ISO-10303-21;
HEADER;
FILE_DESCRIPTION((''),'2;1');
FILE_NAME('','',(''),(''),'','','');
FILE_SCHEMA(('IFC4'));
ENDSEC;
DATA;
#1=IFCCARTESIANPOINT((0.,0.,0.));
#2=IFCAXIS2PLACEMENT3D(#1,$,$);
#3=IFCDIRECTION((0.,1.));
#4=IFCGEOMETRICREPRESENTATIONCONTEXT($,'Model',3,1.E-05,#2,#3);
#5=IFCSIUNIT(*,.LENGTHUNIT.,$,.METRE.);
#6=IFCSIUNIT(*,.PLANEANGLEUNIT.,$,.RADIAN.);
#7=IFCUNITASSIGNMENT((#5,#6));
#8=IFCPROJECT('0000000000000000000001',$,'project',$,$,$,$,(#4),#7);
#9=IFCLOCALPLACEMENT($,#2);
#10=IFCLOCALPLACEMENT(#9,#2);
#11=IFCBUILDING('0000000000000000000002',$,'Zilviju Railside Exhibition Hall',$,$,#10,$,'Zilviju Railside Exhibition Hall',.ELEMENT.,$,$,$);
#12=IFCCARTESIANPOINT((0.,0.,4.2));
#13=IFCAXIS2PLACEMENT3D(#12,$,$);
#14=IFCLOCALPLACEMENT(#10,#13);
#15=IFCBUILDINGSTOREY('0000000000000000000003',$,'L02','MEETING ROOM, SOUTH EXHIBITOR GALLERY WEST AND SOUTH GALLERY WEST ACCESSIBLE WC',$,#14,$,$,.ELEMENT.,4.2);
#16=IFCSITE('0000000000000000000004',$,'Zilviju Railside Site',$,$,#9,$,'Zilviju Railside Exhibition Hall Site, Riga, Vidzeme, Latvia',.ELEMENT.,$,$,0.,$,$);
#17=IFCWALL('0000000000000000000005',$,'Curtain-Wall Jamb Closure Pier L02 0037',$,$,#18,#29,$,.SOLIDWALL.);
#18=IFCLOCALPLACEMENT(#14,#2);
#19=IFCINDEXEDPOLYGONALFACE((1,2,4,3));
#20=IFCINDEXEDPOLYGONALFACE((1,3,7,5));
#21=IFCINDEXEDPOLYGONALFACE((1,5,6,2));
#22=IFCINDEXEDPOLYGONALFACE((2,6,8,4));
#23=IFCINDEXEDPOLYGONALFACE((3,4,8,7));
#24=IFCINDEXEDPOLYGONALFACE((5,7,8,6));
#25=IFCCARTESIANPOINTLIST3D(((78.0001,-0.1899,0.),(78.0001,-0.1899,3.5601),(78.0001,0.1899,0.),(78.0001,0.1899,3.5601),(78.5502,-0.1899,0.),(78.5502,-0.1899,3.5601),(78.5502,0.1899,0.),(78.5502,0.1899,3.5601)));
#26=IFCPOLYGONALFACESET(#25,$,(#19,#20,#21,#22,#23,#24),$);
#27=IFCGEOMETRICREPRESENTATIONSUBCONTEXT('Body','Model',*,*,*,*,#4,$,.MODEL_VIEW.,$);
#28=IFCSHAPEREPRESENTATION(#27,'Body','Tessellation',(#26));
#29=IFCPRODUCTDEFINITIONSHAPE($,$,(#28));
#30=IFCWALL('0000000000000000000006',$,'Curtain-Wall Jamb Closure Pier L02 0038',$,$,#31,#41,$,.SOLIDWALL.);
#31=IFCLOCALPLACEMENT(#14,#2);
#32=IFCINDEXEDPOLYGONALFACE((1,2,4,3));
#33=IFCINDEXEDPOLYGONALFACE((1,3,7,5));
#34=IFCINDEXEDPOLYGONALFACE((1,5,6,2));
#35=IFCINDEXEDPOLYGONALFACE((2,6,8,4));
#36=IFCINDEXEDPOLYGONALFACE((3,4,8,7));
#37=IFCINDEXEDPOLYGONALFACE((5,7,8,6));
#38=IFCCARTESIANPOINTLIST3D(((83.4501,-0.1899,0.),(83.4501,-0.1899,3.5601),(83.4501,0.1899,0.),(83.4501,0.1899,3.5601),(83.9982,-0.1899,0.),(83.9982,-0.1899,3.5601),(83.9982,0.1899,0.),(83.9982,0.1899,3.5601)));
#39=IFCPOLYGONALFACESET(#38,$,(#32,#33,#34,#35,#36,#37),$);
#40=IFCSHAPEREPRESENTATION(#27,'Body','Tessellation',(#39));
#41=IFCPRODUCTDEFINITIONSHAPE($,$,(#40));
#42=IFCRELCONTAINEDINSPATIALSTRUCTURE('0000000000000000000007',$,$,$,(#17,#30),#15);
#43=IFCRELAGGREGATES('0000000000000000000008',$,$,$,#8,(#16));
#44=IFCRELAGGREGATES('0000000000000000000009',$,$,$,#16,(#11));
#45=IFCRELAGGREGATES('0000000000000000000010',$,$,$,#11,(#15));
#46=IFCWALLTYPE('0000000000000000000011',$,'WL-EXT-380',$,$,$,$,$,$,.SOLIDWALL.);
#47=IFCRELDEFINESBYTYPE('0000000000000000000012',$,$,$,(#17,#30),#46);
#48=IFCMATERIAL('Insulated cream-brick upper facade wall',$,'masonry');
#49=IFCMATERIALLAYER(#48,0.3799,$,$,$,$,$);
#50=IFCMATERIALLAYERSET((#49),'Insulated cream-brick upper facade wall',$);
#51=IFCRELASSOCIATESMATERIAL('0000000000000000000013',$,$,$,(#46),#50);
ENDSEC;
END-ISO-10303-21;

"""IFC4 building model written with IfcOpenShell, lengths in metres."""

from ifc_helpers import new_model, si_unit, direction, frame, frame_2d, origin, place, context, subcontext, project, spatial, rectangle, extrude, material, layer, layer_set, type_object, element, save


model = new_model("IFC4")

# Units and contexts
model_context = context("Model", 3, precision=1e-05, world=origin(), true_north=direction((0.0, 1.0)))
body_context = subcontext(model_context, "Body", "Model", "MODEL_VIEW")
ifc_project = project(units=[si_unit("LENGTHUNIT", "METRE"), si_unit("PLANEANGLEUNIT", "RADIAN")], contexts=[model_context])

# Site, building, storey
site_placement = place(None, origin())
site = spatial("IfcSite", under=ifc_project, at=site_placement, Name="Zilviju Railside Site", LongName="Zilviju Railside Exhibition Hall Site, Riga, Vidzeme, Latvia", CompositionType="ELEMENT", RefElevation=0.0)
building_placement = place(site_placement, origin())
building = spatial("IfcBuilding", under=site, at=building_placement, Name="Zilviju Railside Exhibition Hall", LongName="Zilviju Railside Exhibition Hall", CompositionType="ELEMENT")
storey_placement = place(building_placement, frame((0.0, 0.0, 4.2)))
storey = spatial("IfcBuildingStorey", under=building, at=storey_placement, Name="L02", Description="MEETING ROOM, SOUTH EXHIBITOR GALLERY WEST AND SOUTH GALLERY WEST ACCESSIBLE WC", CompositionType="ELEMENT", Elevation=4.2)

# Walls
ifc_material_1 = material(Name="Insulated cream-brick upper facade wall", Category="masonry")
ifc_layer_1 = layer(ifc_material_1, 0.3799)
ifc_layer_set_1 = layer_set([ifc_layer_1], Name="Insulated cream-brick upper facade wall")
wall_type = type_object("IfcWallType", Name="WL-EXT-380", PredefinedType="SOLIDWALL", material=ifc_layer_set_1)
wall_1_placement = place(storey_placement, frame((78.55, 0.0, 0.0), z_axis=(0.0, 0.0, 1.0), x_axis=(-1.0, 0.0, 0.0)))
element("IfcWall", 1, at=wall_1_placement, inside=storey, type_object=wall_type, Name="Curtain-Wall Jamb Closure Pier L02 0037", PredefinedType="SOLIDWALL", context=body_context, shape_type="SweptSolid", body=[
    extrude(rectangle(XDim=0.55, YDim=0.3799, at=frame_2d((0.2749, 0.0))), origin(), (0.0, 0.0, 1.0), 3.5601),
])
wall_2_placement = place(storey_placement, frame((83.998, 0.0, 0.0), z_axis=(0.0, 0.0, 1.0), x_axis=(-1.0, 0.0, 0.0)))
element("IfcWall", 2, at=wall_2_placement, inside=storey, type_object=wall_type, Name="Curtain-Wall Jamb Closure Pier L02 0038", PredefinedType="SOLIDWALL", context=body_context, shape_type="SweptSolid", body=[
    extrude(rectangle(XDim=0.5481, YDim=0.3799, at=frame_2d((0.2739, 0.0))), origin(), (0.0, 0.0, 1.0), 3.5601),
])

save(model, "model.ifc")
